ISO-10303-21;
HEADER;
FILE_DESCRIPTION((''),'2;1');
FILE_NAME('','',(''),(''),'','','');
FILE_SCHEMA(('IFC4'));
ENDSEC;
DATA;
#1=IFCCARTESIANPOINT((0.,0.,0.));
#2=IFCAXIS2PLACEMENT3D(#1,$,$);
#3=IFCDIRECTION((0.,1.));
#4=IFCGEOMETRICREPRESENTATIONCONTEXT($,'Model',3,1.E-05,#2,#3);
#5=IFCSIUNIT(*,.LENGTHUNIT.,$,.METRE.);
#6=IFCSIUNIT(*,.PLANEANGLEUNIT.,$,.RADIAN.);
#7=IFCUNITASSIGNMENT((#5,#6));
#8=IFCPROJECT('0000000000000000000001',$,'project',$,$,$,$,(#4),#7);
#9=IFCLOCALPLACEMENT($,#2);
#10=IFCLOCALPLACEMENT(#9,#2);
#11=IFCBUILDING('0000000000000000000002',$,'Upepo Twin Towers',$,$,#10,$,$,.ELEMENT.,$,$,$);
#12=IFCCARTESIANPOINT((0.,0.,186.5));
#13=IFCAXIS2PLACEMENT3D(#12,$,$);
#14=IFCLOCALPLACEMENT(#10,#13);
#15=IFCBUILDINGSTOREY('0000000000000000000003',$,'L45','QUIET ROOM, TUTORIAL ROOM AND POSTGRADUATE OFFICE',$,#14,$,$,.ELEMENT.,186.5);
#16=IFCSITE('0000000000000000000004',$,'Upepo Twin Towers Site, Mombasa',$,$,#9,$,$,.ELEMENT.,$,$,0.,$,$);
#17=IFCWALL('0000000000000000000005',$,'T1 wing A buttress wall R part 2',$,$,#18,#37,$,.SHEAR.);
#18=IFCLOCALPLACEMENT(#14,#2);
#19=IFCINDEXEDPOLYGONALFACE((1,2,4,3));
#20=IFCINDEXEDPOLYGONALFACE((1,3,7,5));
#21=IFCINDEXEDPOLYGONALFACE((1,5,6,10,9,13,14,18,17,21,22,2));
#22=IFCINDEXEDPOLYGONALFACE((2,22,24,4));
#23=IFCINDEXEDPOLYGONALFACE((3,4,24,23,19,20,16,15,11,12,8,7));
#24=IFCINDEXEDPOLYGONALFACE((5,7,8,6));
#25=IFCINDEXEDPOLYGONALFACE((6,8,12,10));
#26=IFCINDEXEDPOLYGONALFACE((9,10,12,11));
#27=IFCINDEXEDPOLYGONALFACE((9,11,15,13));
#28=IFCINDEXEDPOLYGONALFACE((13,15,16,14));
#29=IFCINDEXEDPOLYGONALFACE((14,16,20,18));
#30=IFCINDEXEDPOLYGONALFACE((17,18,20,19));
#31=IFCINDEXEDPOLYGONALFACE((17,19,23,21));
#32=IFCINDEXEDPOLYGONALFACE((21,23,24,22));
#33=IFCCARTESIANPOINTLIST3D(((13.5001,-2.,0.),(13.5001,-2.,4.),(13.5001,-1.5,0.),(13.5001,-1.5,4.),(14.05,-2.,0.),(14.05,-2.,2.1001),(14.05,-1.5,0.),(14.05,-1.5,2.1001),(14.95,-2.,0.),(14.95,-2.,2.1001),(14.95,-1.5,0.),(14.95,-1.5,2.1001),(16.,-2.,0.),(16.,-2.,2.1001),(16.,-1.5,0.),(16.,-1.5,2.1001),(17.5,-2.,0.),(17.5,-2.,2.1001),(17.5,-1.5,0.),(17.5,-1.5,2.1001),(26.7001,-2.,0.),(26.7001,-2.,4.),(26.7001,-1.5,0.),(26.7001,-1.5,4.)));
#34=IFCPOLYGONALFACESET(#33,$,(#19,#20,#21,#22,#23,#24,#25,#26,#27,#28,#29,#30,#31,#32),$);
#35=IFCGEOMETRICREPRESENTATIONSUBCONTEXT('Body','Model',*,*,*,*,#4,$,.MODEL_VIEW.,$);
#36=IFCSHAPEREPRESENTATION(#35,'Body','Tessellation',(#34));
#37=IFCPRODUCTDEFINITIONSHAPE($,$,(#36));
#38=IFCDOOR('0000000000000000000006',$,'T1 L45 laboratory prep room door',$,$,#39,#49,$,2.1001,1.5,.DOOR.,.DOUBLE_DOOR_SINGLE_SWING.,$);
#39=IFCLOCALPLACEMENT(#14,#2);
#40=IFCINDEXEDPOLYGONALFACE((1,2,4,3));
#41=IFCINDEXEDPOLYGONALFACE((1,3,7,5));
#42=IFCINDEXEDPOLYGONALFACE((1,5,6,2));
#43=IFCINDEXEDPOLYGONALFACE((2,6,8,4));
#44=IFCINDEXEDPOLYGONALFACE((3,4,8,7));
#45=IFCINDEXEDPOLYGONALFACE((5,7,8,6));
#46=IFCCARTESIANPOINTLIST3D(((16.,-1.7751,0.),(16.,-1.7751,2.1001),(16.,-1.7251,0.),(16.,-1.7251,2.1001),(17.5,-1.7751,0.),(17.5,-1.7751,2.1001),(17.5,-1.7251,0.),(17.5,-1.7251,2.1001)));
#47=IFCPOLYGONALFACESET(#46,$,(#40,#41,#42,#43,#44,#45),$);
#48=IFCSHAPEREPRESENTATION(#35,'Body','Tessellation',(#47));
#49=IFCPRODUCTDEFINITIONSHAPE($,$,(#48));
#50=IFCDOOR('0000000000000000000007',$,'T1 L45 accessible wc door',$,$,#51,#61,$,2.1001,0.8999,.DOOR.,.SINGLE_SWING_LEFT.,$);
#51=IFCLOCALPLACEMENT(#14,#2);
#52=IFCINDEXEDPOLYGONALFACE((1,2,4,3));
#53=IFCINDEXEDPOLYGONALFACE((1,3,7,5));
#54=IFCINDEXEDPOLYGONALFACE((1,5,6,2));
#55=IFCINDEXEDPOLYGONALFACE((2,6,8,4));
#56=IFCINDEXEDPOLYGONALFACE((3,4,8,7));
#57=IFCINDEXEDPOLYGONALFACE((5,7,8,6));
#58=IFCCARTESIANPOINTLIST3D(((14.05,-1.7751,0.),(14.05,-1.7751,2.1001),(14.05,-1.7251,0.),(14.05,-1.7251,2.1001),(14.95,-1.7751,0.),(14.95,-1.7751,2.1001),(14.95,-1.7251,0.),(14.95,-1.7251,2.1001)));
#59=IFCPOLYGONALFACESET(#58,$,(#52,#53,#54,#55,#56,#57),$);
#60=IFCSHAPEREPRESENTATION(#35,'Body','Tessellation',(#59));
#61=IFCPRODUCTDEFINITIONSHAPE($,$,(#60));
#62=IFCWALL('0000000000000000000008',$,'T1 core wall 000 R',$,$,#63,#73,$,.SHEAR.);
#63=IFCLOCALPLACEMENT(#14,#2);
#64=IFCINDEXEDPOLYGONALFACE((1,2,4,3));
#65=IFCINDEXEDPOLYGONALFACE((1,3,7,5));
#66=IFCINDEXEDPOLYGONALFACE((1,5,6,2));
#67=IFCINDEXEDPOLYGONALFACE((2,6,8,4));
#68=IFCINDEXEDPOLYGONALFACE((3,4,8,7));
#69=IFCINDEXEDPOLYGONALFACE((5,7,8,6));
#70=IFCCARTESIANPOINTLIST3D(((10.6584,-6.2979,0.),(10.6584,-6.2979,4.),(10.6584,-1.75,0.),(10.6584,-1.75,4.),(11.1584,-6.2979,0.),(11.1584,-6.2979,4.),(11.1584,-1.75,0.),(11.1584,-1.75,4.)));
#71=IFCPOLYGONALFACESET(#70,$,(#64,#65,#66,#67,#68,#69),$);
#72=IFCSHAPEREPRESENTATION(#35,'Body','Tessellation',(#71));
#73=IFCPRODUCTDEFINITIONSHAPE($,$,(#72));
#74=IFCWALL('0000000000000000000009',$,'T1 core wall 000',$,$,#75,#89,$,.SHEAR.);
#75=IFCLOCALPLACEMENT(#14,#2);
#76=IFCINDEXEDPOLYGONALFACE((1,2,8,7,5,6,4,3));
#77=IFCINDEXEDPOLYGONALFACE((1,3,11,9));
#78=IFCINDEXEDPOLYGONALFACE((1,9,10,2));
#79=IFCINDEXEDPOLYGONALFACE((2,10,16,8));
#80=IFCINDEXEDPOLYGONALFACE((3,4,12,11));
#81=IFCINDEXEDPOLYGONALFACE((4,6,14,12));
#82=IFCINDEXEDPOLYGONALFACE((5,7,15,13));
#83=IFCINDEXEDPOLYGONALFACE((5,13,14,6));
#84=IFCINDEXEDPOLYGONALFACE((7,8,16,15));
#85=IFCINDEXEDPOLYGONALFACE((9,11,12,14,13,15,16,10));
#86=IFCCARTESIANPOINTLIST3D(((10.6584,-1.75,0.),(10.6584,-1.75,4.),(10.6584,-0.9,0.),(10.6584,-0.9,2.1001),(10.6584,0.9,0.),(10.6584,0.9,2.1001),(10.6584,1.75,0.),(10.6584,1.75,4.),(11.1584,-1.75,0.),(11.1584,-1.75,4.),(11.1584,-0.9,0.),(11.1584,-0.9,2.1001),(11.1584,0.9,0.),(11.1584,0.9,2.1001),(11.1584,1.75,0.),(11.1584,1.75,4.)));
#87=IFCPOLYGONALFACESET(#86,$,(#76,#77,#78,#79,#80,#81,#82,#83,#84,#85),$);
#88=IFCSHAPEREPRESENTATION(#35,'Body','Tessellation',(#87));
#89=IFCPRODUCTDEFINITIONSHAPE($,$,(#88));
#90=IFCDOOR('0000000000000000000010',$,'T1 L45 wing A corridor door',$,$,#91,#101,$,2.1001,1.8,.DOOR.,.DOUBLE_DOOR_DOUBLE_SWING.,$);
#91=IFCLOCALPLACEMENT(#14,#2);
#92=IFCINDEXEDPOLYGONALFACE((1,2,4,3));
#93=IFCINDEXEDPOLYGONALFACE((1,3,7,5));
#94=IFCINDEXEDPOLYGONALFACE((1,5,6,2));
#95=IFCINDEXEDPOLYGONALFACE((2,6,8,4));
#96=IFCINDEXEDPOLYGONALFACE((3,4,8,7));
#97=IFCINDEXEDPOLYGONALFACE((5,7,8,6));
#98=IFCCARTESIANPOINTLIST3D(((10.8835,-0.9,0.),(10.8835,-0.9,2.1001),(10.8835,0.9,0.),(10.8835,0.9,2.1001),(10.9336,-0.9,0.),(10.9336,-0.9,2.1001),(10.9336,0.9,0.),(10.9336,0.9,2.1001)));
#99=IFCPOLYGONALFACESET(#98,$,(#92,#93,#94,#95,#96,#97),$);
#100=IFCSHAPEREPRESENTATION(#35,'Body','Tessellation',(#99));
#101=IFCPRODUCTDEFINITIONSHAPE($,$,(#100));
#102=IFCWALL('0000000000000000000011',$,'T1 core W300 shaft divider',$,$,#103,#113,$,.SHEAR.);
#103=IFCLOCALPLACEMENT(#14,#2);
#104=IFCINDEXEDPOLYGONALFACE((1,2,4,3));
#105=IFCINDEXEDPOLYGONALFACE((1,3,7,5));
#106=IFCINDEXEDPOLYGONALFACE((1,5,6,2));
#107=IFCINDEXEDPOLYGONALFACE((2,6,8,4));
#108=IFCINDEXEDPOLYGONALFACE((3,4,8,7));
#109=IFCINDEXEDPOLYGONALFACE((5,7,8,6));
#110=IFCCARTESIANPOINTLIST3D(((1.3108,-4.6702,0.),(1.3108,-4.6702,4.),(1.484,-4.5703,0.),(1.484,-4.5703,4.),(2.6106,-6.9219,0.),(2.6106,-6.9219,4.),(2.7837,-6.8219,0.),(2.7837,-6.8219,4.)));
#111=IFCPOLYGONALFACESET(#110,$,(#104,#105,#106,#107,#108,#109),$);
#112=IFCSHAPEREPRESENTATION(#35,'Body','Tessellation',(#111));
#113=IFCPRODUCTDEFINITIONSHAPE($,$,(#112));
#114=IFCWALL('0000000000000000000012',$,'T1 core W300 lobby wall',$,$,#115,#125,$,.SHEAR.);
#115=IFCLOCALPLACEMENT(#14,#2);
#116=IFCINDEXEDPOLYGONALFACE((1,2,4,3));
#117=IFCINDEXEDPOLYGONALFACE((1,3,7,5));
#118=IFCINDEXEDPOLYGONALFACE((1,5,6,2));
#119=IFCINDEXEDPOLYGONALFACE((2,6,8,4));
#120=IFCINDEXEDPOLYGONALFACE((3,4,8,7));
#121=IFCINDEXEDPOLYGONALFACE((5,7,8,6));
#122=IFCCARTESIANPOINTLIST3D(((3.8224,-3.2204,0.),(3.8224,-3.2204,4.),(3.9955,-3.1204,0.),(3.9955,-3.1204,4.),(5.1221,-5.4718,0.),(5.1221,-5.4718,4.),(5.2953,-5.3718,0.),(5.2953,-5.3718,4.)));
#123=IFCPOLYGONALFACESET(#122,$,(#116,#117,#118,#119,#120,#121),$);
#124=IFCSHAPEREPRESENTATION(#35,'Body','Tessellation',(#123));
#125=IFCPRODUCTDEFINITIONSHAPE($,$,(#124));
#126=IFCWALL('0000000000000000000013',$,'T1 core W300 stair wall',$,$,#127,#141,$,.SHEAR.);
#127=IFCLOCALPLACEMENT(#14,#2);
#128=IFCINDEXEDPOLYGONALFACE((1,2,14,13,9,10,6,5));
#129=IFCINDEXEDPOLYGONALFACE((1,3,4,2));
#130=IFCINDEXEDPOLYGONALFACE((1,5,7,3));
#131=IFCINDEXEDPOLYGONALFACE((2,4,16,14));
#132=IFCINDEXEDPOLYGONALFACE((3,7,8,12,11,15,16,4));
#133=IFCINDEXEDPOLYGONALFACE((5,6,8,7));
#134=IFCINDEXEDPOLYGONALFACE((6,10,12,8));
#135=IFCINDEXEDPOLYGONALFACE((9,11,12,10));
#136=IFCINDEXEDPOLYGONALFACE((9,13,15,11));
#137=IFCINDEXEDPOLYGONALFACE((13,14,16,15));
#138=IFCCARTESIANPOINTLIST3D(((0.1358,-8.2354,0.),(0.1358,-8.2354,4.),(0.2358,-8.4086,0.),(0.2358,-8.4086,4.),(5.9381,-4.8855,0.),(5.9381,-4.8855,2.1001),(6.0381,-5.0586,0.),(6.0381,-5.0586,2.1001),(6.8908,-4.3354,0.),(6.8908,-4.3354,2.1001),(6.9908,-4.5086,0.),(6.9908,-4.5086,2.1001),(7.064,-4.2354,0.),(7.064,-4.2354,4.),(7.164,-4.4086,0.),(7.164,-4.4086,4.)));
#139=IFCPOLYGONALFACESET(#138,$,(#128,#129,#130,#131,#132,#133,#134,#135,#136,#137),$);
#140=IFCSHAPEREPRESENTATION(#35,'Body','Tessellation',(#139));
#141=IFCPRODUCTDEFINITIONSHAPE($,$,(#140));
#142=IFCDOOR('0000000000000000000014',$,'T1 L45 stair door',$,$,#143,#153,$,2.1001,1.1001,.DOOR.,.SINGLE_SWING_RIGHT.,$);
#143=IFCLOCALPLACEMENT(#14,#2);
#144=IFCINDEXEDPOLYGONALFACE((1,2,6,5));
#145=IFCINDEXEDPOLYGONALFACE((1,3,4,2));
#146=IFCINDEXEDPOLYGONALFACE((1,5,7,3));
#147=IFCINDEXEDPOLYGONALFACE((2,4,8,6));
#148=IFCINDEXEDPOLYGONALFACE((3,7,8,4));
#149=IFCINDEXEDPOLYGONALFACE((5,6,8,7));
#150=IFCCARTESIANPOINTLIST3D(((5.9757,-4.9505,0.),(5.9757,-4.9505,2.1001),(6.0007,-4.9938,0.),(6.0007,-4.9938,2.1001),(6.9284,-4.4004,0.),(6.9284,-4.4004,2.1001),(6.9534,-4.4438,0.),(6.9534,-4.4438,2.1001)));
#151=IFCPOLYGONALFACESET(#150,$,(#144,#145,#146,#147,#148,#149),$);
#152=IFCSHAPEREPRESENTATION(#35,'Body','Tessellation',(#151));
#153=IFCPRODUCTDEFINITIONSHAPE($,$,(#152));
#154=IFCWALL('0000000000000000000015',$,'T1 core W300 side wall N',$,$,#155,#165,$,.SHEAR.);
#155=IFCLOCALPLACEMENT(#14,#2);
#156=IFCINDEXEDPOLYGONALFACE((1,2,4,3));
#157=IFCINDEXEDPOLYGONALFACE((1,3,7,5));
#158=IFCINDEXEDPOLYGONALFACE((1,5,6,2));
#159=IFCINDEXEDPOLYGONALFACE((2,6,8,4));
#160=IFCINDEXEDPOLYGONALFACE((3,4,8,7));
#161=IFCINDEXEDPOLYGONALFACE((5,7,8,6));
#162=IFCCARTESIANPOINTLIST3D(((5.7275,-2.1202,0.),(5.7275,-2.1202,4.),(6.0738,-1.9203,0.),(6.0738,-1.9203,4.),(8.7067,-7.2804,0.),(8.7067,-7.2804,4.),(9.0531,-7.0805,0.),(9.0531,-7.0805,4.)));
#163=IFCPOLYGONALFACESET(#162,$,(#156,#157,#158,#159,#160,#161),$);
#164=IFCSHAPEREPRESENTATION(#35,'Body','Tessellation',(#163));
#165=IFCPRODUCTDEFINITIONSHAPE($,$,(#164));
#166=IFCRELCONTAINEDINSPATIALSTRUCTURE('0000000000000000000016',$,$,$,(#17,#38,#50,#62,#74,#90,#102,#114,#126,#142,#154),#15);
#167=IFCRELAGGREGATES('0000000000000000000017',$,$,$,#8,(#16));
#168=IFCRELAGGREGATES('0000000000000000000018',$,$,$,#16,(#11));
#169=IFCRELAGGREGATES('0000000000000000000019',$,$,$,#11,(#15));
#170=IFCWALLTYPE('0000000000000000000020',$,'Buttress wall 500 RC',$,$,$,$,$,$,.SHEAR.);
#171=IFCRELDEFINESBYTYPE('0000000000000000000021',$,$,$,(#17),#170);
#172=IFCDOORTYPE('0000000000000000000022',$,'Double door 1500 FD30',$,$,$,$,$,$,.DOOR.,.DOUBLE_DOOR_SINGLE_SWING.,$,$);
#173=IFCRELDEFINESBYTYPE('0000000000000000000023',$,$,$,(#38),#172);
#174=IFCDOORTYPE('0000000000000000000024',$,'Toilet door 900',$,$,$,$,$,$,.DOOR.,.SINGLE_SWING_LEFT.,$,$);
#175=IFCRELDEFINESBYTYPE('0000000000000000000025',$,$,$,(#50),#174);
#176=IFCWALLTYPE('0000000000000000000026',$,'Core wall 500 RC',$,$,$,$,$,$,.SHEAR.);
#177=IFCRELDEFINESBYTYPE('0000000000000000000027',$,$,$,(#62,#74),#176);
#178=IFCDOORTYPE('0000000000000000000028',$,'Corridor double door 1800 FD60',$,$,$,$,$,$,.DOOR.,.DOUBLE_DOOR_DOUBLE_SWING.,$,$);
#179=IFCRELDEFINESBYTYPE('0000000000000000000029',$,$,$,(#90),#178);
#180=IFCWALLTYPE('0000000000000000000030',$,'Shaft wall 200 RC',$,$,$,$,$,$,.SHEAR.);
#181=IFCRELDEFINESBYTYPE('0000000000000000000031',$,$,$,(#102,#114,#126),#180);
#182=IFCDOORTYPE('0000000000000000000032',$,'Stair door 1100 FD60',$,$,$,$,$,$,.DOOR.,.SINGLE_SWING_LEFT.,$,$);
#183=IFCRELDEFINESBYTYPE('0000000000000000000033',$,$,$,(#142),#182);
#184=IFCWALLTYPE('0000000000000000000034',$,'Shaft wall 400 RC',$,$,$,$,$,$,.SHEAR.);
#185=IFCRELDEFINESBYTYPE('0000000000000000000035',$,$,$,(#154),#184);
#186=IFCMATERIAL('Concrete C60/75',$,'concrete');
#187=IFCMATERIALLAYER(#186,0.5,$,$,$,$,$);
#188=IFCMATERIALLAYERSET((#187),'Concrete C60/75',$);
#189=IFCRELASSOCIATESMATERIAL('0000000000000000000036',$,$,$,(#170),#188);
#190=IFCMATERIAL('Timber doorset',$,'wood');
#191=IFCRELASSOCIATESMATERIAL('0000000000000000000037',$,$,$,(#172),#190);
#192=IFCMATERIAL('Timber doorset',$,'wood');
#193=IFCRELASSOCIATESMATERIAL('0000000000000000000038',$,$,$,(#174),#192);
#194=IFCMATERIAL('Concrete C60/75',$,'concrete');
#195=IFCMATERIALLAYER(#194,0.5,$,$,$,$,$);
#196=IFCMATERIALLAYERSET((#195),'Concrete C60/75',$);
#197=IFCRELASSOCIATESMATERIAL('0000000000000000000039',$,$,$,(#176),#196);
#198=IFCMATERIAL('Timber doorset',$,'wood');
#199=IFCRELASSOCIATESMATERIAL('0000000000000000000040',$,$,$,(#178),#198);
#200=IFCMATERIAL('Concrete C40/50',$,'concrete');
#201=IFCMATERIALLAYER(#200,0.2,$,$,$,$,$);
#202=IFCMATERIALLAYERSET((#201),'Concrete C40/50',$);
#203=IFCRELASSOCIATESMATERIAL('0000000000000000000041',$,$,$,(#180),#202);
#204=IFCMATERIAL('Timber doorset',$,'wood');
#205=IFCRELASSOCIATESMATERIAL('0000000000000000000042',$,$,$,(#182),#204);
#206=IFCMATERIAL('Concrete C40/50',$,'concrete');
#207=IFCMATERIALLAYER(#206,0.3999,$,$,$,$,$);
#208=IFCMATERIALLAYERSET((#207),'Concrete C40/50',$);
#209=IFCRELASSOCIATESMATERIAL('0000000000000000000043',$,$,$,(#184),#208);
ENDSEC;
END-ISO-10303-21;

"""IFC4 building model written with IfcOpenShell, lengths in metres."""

from ifc_helpers import new_model, si_unit, direction, frame, frame_2d, origin, place, context, subcontext, project, spatial, rectangle, extrude, material, layer, layer_set, type_object, element, fill, save


model = new_model("IFC4")

# Units and contexts
model_context = context("Model", 3, precision=1e-05, world=origin(), true_north=direction((0.0, 1.0)))
body_context = subcontext(model_context, "Body", "Model", "MODEL_VIEW")
ifc_project = project(units=[si_unit("LENGTHUNIT", "METRE"), si_unit("PLANEANGLEUNIT", "RADIAN")], contexts=[model_context])

# Site, building, storey
site_placement = place(None, origin())
site = spatial("IfcSite", under=ifc_project, at=site_placement, Name="Upepo Twin Towers Site, Mombasa", CompositionType="ELEMENT", RefElevation=0.0)
building_placement = place(site_placement, origin())
building = spatial("IfcBuilding", under=site, at=building_placement, Name="Upepo Twin Towers", CompositionType="ELEMENT")
storey_placement = place(building_placement, frame((0.0, 0.0, 186.5)))
storey = spatial("IfcBuildingStorey", under=building, at=storey_placement, Name="L45", Description="QUIET ROOM, TUTORIAL ROOM AND POSTGRADUATE OFFICE", CompositionType="ELEMENT", Elevation=186.5)

# Wall, openings, doors
ifc_material_1 = material(Name="Concrete C60/75", Category="concrete")
ifc_layer_1 = layer(ifc_material_1, 0.5)
ifc_layer_set_1 = layer_set([ifc_layer_1], Name="Concrete C60/75")
wall_type_1 = type_object("IfcWallType", Name="Buttress wall 500 RC", PredefinedType="SHEAR", material=ifc_layer_set_1)
wall_1_placement = place(storey_placement, frame((13.5, -1.75, 0.0), z_axis=(0.0, 0.0, 1.0), x_axis=(1.0, 0.0, 0.0)))
wall_1 = element("IfcWall", 1, at=wall_1_placement, inside=storey, type_object=wall_type_1, Name="T1 wing A buttress wall R part 2", PredefinedType="SHEAR", context=body_context, shape_type="SweptSolid", body=[
    extrude(rectangle(XDim=13.2, YDim=0.5, at=frame_2d((6.6001, 0.0))), origin(), (0.0, 0.0, 1.0), 4.0),
])
opening_1_placement = place(wall_1_placement, frame((0.55, 0.0, 0.0)))
opening_1 = element("IfcOpeningElement", 2, at=opening_1_placement, cuts=wall_1, PredefinedType="OPENING", context=body_context, shape_type="SweptSolid", body=[
    extrude(rectangle(XDim=0.8999, YDim=2.1001, at=frame_2d((0.45, 1.05))), frame((0.0, 0.26, 0.0), z_axis=(0.0, -1.0, 0.0), x_axis=(1.0, 0.0, 0.0)), (0.0, 0.0, 1.0), 0.52),
])
opening_2_placement = place(wall_1_placement, frame((2.5, 0.0, 0.0)))
opening_2 = element("IfcOpeningElement", 3, at=opening_2_placement, cuts=wall_1, PredefinedType="OPENING", context=body_context, shape_type="SweptSolid", body=[
    extrude(rectangle(XDim=1.5, YDim=2.1001, at=frame_2d((0.75, 1.05))), frame((0.0, 0.26, 0.0), z_axis=(0.0, -1.0, 0.0), x_axis=(1.0, 0.0, 0.0)), (0.0, 0.0, 1.0), 0.52),
])
ifc_material_2 = material(Name="Timber doorset", Category="wood")
door_type_1 = type_object("IfcDoorType", Name="Double door 1500 FD30", OperationType="DOUBLE_DOOR_SINGLE_SWING", PredefinedType="DOOR", material=ifc_material_2)
door_1_placement = place(opening_2_placement, origin())
door_1 = element("IfcDoor", 4, at=door_1_placement, inside=storey, type_object=door_type_1, Name="T1 L45 laboratory prep room door", OperationType="DOUBLE_DOOR_SINGLE_SWING", OverallHeight=2.1001, OverallWidth=1.5, PredefinedType="DOOR", context=body_context, shape_type="SweptSolid", body=[
    extrude(rectangle(XDim=1.5, YDim=2.1001, at=frame_2d((0.75, 1.05))), frame((0.0, 0.0249, 0.0), z_axis=(0.0, -1.0, 0.0), x_axis=(1.0, 0.0, 0.0)), (0.0, 0.0, 1.0), 0.05),
])
fill(opening_2, door_1)
ifc_material_3 = material(Name="Timber doorset", Category="wood")
door_type_2 = type_object("IfcDoorType", Name="Toilet door 900", OperationType="SINGLE_SWING_LEFT", PredefinedType="DOOR", material=ifc_material_3)
door_2_placement = place(opening_1_placement, origin())
door_2 = element("IfcDoor", 5, at=door_2_placement, inside=storey, type_object=door_type_2, Name="T1 L45 accessible wc door", OperationType="SINGLE_SWING_LEFT", OverallHeight=2.1001, OverallWidth=0.8999, PredefinedType="DOOR", context=body_context, shape_type="SweptSolid", body=[
    extrude(rectangle(XDim=0.8999, YDim=2.1001, at=frame_2d((0.45, 1.05))), frame((0.0, 0.0249, 0.0), z_axis=(0.0, -1.0, 0.0), x_axis=(1.0, 0.0, 0.0)), (0.0, 0.0, 1.0), 0.05),
])
fill(opening_1, door_2)

# Wall
ifc_material_4 = material(Name="Concrete C60/75", Category="concrete")
ifc_layer_2 = layer(ifc_material_4, 0.5)
ifc_layer_set_2 = layer_set([ifc_layer_2], Name="Concrete C60/75")
wall_type_2 = type_object("IfcWallType", Name="Core wall 500 RC", PredefinedType="SHEAR", material=ifc_layer_set_2)
wall_2_placement = place(storey_placement, frame((10.9084, -6.2979, 0.0), z_axis=(0.0, 0.0, 1.0), x_axis=(0.0, 1.0, 0.0)))
element("IfcWall", 6, at=wall_2_placement, inside=storey, type_object=wall_type_2, Name="T1 core wall 000 R", PredefinedType="SHEAR", context=body_context, shape_type="SweptSolid", body=[
    extrude(rectangle(XDim=4.5479, YDim=0.5, at=frame_2d((2.2739, 0.0))), origin(), (0.0, 0.0, 1.0), 4.0),
])

# Wall, opening, door
wall_3_placement = place(storey_placement, frame((10.9084, -1.75, 0.0), z_axis=(0.0, 0.0, 1.0), x_axis=(0.0, 1.0, 0.0)))
wall_3 = element("IfcWall", 7, at=wall_3_placement, inside=storey, type_object=wall_type_2, Name="T1 core wall 000", PredefinedType="SHEAR", context=body_context, shape_type="SweptSolid", body=[
    extrude(rectangle(XDim=3.5, YDim=0.5, at=frame_2d((1.75, 0.0))), origin(), (0.0, 0.0, 1.0), 4.0),
])
opening_3_placement = place(wall_3_placement, frame((0.8501, 0.0, 0.0)))
opening_3 = element("IfcOpeningElement", 8, at=opening_3_placement, cuts=wall_3, PredefinedType="OPENING", context=body_context, shape_type="SweptSolid", body=[
    extrude(rectangle(XDim=1.8, YDim=2.1001, at=frame_2d((0.8999, 1.05))), frame((0.0, 0.26, 0.0), z_axis=(0.0, -1.0, 0.0), x_axis=(1.0, 0.0, 0.0)), (0.0, 0.0, 1.0), 0.52),
])
ifc_material_5 = material(Name="Timber doorset", Category="wood")
door_type_3 = type_object("IfcDoorType", Name="Corridor double door 1800 FD60", OperationType="DOUBLE_DOOR_DOUBLE_SWING", PredefinedType="DOOR", material=ifc_material_5)
door_3_placement = place(opening_3_placement, origin())
door_3 = element("IfcDoor", 9, at=door_3_placement, inside=storey, type_object=door_type_3, Name="T1 L45 wing A corridor door", OperationType="DOUBLE_DOOR_DOUBLE_SWING", OverallHeight=2.1001, OverallWidth=1.8, PredefinedType="DOOR", context=body_context, shape_type="SweptSolid", body=[
    extrude(rectangle(XDim=1.8, YDim=2.1001, at=frame_2d((0.8999, 1.05))), frame((0.0, 0.0249, 0.0), z_axis=(0.0, -1.0, 0.0), x_axis=(1.0, 0.0, 0.0)), (0.0, 0.0, 1.0), 0.05),
])
fill(opening_3, door_3)

# Walls
ifc_material_6 = material(Name="Concrete C40/50", Category="concrete")
ifc_layer_3 = layer(ifc_material_6, 0.2)
ifc_layer_set_3 = layer_set([ifc_layer_3], Name="Concrete C40/50")
wall_type_3 = type_object("IfcWallType", Name="Shaft wall 200 RC", PredefinedType="SHEAR", material=ifc_layer_set_3)
wall_4_placement = place(storey_placement, frame((1.3975, -4.6204, 0.0), z_axis=(0.0, 0.0, 1.0), x_axis=(0.499937, -0.866062, 0.0)))
element("IfcWall", 10, at=wall_4_placement, inside=storey, type_object=wall_type_3, Name="T1 core W300 shaft divider", PredefinedType="SHEAR", context=body_context, shape_type="SweptSolid", body=[
    extrude(rectangle(XDim=2.5999, YDim=0.2, at=frame_2d((1.2998, 0.0))), origin(), (0.0, 0.0, 1.0), 4.0),
])
wall_5_placement = place(storey_placement, frame((3.9089, -3.1704, 0.0), z_axis=(0.0, 0.0, 1.0), x_axis=(0.499977, -0.866039, 0.0)))
element("IfcWall", 11, at=wall_5_placement, inside=storey, type_object=wall_type_3, Name="T1 core W300 lobby wall", PredefinedType="SHEAR", context=body_context, shape_type="SweptSolid", body=[
    extrude(rectangle(XDim=2.5996, YDim=0.2, at=frame_2d((1.2998, 0.0))), origin(), (0.0, 0.0, 1.0), 4.0),
])

# Wall, opening, door
wall_6_placement = place(storey_placement, frame((0.1858, -8.322, 0.0), z_axis=(0.0, 0.0, 1.0), x_axis=(0.866026, 0.499999, 0.0)))
wall_6 = element("IfcWall", 12, at=wall_6_placement, inside=storey, type_object=wall_type_3, Name="T1 core W300 stair wall", PredefinedType="SHEAR", context=body_context, shape_type="SweptSolid", body=[
    extrude(rectangle(XDim=8.0, YDim=0.2, at=frame_2d((4.0, 0.0))), origin(), (0.0, 0.0, 1.0), 4.0),
])
opening_4_placement = place(wall_6_placement, frame((6.7, 0.0, 0.0)))
opening_4 = element("IfcOpeningElement", 13, at=opening_4_placement, cuts=wall_6, PredefinedType="OPENING", context=body_context, shape_type="SweptSolid", body=[
    extrude(rectangle(XDim=1.1001, YDim=2.1001, at=frame_2d((0.55, 1.05))), frame((0.0, 0.1099, 0.0), z_axis=(0.0, -1.0, 0.0), x_axis=(1.0, 0.0, 0.0)), (0.0, 0.0, 1.0), 0.22),
])
ifc_material_7 = material(Name="Timber doorset", Category="wood")
door_type_4 = type_object("IfcDoorType", Name="Stair door 1100 FD60", OperationType="SINGLE_SWING_LEFT", PredefinedType="DOOR", material=ifc_material_7)
door_4_placement = place(opening_4_placement, origin())
door_4 = element("IfcDoor", 14, at=door_4_placement, inside=storey, type_object=door_type_4, Name="T1 L45 stair door", OperationType="SINGLE_SWING_RIGHT", OverallHeight=2.1001, OverallWidth=1.1001, PredefinedType="DOOR", context=body_context, shape_type="SweptSolid", body=[
    extrude(rectangle(XDim=1.1001, YDim=2.1001, at=frame_2d((0.55, 1.05))), frame((0.0, 0.0249, 0.0), z_axis=(0.0, -1.0, 0.0), x_axis=(1.0, 0.0, 0.0)), (0.0, 0.0, 1.0), 0.05),
])
fill(opening_4, door_4)

# Wall
ifc_material_8 = material(Name="Concrete C40/50", Category="concrete")
ifc_layer_4 = layer(ifc_material_8, 0.3999)
ifc_layer_set_4 = layer_set([ifc_layer_4], Name="Concrete C40/50")
wall_type_4 = type_object("IfcWallType", Name="Shaft wall 400 RC", PredefinedType="SHEAR", material=ifc_layer_set_4)
wall_7_placement = place(storey_placement, frame((5.9006, -2.0203, 0.0), z_axis=(0.0, 0.0, 1.0), x_axis=(0.500004, -0.866023, 0.0)))
element("IfcWall", 15, at=wall_7_placement, inside=storey, type_object=wall_type_4, Name="T1 core W300 side wall N", PredefinedType="SHEAR", context=body_context, shape_type="SweptSolid", body=[
    extrude(rectangle(XDim=5.9585, YDim=0.3999, at=frame_2d((2.9792, 0.0))), origin(), (0.0, 0.0, 1.0), 4.0),
])

save(model, "model.ifc")
